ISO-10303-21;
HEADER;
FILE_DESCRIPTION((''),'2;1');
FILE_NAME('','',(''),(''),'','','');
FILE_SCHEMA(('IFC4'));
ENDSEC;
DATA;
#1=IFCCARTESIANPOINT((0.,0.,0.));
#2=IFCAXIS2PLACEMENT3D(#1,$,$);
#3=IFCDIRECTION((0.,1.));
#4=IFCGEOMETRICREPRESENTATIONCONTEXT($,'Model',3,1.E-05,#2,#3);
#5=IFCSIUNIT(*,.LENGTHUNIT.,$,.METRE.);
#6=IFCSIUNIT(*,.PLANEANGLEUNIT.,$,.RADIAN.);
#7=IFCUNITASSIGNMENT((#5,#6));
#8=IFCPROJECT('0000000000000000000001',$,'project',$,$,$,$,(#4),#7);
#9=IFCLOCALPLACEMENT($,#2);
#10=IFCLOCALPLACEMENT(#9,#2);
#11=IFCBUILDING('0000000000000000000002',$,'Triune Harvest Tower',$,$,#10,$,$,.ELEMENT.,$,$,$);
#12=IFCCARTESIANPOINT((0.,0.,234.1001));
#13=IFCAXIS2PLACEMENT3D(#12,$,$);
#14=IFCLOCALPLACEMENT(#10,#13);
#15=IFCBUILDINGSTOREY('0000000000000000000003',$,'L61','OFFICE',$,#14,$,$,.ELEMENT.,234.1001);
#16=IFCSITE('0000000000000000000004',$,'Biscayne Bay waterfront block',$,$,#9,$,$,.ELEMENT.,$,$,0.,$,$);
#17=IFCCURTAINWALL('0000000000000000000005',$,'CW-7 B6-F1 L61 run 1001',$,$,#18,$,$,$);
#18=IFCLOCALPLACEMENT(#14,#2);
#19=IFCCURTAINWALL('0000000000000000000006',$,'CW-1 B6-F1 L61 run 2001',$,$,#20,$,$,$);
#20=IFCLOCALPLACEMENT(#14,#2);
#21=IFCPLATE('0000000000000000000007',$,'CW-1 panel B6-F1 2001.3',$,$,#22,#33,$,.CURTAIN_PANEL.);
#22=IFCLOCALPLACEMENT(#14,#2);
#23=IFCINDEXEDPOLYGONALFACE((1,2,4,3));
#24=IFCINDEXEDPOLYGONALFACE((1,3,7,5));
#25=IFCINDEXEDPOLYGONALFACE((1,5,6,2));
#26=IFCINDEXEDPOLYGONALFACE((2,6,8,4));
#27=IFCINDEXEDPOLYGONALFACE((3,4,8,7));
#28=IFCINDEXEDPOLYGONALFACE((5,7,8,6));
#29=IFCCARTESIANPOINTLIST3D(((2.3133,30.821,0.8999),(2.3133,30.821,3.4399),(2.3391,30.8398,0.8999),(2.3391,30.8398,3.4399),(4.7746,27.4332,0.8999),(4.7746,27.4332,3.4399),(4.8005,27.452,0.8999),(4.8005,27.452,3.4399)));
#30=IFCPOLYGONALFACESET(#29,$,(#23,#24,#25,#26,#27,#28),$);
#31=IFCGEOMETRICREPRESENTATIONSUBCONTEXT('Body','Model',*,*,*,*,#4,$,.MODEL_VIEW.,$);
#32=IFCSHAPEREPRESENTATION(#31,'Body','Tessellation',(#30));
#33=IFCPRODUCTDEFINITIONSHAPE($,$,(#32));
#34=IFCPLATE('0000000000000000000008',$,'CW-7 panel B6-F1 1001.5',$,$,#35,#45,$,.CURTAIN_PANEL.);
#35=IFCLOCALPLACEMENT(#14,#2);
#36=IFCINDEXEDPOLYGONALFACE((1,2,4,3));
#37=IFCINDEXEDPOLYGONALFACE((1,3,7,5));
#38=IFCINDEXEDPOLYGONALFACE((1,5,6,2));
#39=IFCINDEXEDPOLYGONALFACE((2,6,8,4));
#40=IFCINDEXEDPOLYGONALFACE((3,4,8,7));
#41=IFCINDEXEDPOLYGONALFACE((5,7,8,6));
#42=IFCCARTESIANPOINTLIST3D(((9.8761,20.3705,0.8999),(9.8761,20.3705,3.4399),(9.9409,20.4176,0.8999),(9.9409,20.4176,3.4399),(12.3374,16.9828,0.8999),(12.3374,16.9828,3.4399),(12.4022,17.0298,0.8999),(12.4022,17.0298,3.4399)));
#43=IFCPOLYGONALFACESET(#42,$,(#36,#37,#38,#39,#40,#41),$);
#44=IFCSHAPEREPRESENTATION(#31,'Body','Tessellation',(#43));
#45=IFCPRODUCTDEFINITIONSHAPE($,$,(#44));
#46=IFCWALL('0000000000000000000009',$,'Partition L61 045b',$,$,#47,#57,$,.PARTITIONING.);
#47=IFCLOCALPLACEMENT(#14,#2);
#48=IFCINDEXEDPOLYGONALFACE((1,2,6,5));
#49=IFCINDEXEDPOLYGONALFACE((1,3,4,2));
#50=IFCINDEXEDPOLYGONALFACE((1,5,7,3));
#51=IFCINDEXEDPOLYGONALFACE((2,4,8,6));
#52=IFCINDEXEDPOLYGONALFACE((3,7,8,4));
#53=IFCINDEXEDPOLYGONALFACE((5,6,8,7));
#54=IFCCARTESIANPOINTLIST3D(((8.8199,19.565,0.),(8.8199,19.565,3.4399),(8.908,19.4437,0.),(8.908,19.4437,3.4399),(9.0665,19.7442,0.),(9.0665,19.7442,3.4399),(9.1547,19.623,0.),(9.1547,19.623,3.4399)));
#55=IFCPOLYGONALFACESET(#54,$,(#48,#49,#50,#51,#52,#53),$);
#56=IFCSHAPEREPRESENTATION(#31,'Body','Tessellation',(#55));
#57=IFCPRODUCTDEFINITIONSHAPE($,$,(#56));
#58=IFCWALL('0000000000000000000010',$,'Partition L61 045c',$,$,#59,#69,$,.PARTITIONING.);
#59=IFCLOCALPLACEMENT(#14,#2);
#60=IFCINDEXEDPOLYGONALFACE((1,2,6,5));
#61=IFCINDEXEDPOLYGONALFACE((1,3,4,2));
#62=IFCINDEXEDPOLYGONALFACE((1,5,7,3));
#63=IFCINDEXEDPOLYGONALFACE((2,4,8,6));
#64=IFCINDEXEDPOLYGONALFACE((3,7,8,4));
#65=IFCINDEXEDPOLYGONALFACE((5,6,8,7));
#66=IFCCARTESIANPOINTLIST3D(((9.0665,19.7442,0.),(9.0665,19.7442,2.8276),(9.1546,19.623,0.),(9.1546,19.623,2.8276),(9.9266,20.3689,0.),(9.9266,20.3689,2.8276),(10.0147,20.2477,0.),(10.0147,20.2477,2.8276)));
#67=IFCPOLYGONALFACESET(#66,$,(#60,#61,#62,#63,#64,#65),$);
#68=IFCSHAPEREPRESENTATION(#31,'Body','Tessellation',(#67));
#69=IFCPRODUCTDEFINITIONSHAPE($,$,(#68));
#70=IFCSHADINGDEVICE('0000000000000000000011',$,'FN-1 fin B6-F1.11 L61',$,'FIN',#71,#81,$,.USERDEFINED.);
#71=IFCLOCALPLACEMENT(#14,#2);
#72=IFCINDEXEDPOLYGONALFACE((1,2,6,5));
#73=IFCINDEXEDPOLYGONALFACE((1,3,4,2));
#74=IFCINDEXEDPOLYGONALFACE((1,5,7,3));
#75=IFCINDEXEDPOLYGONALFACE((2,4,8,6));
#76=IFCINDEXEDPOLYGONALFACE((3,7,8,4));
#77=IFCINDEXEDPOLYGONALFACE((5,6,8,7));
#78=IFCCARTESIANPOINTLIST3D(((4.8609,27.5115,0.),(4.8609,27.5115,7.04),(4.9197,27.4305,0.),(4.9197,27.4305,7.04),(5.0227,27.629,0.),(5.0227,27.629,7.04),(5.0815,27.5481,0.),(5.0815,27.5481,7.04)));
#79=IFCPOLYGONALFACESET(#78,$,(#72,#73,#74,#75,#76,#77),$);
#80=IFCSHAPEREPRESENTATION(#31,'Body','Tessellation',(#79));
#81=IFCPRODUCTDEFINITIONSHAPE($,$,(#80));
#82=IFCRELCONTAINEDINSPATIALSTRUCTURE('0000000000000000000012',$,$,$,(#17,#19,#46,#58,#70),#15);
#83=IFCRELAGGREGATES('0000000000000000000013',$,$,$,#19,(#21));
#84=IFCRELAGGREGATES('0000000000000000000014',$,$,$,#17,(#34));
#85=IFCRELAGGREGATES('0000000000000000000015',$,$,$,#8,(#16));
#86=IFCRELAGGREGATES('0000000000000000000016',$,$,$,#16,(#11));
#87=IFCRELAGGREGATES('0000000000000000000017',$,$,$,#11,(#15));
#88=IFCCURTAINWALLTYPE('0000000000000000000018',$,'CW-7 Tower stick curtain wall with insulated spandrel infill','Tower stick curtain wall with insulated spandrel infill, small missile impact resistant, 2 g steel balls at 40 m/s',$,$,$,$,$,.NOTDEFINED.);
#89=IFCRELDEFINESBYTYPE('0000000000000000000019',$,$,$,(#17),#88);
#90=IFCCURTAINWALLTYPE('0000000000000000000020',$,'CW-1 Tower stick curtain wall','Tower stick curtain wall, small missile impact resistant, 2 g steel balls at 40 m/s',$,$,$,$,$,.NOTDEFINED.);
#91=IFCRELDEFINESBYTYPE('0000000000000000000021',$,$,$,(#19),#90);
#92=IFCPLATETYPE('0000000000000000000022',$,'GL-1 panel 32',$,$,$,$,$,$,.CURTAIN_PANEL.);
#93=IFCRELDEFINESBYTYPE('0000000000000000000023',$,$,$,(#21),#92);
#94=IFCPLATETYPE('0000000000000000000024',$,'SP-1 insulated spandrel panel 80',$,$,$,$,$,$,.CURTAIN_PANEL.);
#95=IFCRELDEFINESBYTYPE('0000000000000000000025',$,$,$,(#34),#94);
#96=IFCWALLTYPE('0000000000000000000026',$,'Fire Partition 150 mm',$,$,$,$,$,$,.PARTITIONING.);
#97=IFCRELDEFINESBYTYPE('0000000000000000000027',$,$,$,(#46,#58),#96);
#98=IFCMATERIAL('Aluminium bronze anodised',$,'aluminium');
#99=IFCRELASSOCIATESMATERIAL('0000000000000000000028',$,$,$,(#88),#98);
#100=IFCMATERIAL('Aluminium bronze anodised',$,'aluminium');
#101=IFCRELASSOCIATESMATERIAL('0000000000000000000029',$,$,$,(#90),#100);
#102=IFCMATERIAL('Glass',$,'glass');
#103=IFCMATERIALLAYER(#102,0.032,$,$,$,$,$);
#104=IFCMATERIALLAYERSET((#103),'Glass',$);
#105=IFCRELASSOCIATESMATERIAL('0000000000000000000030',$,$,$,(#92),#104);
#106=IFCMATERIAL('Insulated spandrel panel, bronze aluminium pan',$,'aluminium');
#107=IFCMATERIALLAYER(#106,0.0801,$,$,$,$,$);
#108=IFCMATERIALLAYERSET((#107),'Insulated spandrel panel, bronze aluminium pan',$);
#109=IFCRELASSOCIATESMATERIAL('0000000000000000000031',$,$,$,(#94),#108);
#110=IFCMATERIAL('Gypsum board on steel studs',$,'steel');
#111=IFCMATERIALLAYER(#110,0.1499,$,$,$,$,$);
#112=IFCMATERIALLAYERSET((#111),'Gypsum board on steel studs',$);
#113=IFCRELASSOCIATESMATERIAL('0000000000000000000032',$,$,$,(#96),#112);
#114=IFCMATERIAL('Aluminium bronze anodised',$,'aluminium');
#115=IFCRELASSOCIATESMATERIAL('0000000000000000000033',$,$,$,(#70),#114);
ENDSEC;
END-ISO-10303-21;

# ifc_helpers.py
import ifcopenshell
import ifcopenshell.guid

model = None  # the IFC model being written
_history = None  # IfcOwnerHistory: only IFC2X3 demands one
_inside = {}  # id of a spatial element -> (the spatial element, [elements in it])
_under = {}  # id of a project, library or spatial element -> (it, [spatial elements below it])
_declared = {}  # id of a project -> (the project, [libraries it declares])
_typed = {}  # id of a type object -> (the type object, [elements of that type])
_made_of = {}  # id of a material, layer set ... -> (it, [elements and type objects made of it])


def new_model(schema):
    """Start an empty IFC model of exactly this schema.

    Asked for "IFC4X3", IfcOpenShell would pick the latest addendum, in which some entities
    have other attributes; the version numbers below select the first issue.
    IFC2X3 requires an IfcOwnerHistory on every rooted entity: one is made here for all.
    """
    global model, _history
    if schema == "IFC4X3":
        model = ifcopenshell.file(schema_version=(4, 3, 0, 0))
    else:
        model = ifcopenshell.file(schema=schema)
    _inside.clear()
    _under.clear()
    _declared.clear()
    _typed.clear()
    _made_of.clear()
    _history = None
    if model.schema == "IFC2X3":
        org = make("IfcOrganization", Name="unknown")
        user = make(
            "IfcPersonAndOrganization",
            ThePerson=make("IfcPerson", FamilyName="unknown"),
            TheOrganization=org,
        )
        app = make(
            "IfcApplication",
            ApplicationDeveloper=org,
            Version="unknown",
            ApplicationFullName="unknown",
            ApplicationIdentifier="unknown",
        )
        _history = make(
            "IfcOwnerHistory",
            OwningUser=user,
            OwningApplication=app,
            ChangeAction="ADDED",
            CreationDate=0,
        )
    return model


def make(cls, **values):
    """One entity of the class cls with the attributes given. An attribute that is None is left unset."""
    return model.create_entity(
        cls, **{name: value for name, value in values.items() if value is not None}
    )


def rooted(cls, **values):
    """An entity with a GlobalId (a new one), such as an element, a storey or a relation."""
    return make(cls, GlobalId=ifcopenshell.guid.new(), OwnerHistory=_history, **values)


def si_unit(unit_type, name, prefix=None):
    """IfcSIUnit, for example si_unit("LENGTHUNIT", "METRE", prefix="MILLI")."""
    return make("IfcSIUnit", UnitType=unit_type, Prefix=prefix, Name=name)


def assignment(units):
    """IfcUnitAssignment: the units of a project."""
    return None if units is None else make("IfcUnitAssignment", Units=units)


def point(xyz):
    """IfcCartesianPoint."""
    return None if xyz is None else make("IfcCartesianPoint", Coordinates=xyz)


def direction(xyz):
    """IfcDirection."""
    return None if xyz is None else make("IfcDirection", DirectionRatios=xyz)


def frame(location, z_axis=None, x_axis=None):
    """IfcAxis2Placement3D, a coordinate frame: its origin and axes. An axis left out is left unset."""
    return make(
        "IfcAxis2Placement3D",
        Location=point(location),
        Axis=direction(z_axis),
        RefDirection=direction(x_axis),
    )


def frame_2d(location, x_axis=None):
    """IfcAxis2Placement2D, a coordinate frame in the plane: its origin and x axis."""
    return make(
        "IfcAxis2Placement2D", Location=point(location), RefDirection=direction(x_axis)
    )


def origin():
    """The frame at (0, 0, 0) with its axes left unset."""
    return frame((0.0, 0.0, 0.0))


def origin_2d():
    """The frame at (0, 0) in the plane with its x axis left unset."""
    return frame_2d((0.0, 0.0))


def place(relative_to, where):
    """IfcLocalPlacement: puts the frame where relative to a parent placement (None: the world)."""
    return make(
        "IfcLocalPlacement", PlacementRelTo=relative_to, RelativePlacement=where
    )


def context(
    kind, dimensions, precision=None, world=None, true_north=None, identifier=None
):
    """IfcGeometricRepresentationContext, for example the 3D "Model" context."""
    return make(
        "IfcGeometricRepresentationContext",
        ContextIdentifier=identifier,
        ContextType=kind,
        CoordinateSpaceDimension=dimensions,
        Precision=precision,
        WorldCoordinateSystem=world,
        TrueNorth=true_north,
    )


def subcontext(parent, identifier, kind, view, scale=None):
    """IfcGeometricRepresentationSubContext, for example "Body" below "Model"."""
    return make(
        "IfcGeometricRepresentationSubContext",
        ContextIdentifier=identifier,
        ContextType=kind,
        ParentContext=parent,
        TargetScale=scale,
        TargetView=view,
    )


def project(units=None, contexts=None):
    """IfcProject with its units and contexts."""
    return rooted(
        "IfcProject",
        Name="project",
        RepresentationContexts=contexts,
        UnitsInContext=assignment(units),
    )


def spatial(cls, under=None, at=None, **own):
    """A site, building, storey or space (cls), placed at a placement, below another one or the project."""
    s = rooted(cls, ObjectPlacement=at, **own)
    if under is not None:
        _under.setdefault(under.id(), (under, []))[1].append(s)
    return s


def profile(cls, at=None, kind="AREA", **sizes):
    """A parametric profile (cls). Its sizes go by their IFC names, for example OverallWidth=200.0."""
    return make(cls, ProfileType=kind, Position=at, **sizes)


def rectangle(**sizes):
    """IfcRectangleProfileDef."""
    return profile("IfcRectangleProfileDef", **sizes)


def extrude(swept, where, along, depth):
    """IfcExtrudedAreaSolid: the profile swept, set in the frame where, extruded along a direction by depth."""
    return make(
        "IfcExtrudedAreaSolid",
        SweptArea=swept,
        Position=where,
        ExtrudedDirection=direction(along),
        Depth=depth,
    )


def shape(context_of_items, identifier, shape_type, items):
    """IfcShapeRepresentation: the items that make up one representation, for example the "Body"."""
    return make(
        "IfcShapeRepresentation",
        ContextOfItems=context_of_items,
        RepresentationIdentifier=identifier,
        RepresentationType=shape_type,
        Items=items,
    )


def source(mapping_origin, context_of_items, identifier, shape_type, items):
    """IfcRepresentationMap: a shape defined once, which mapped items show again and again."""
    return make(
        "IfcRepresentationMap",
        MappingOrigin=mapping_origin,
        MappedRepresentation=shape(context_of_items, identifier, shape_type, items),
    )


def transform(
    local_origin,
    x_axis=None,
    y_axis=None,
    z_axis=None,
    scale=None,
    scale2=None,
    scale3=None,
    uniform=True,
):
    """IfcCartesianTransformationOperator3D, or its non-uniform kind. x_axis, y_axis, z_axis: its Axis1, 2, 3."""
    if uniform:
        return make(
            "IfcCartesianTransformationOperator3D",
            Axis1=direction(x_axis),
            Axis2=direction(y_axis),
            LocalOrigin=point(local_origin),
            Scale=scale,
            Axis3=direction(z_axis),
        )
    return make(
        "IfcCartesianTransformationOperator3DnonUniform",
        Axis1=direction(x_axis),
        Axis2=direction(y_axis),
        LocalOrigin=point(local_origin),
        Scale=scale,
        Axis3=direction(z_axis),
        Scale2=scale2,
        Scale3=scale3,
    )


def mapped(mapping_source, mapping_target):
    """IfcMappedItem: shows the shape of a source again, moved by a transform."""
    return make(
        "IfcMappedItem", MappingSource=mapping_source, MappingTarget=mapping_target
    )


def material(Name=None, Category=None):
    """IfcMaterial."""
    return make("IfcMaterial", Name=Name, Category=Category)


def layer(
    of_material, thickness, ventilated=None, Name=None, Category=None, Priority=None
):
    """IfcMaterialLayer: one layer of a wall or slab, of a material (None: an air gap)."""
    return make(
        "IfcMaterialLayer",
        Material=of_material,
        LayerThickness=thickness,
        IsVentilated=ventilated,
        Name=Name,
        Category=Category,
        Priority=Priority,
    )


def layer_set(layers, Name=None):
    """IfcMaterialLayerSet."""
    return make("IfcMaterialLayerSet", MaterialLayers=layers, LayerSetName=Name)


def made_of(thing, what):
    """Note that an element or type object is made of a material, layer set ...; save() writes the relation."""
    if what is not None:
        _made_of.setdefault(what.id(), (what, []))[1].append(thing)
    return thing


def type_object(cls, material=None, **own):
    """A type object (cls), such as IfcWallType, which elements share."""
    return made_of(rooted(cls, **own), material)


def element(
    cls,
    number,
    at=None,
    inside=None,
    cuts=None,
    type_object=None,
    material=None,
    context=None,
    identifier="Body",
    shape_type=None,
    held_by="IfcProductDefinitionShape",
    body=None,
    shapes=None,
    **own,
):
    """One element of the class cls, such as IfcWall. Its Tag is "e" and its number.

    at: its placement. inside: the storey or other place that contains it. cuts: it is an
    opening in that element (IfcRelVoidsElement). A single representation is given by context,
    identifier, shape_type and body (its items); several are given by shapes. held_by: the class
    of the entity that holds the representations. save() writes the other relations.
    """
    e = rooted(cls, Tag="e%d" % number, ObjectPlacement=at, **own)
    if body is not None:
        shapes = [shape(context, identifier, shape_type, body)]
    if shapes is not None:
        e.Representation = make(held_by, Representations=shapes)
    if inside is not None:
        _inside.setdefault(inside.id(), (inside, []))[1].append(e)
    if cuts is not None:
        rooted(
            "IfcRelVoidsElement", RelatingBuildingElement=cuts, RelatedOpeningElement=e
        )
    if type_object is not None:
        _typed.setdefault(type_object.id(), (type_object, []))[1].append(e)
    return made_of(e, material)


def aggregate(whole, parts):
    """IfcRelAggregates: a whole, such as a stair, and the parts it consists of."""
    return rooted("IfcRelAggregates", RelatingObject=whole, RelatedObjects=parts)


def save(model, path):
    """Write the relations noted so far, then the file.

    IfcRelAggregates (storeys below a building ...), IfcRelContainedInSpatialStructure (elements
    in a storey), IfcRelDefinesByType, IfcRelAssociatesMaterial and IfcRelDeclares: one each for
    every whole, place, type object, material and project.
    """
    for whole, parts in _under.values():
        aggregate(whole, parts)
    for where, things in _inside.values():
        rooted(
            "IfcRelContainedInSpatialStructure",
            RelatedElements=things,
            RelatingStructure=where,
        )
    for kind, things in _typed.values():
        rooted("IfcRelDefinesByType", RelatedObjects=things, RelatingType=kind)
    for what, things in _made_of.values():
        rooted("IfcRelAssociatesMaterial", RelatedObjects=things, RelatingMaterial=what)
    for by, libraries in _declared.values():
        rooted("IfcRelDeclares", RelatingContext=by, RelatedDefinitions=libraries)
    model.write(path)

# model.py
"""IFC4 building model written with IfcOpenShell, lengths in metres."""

from ifc_helpers import new_model, si_unit, direction, frame, frame_2d, origin, origin_2d, place, context, subcontext, project, spatial, rectangle, extrude, source, transform, mapped, material, layer, layer_set, type_object, element, aggregate, save


model = new_model("IFC4")

# Units and contexts
model_context = context("Model", 3, precision=1e-05, world=origin(), true_north=direction((0.0, 1.0)))
body_context = subcontext(model_context, "Body", "Model", "MODEL_VIEW")
ifc_project = project(units=[si_unit("LENGTHUNIT", "METRE"), si_unit("PLANEANGLEUNIT", "RADIAN")], contexts=[model_context])

# Site, building, storey
site_placement = place(None, origin())
site = spatial("IfcSite", under=ifc_project, at=site_placement, Name="Biscayne Bay waterfront block", CompositionType="ELEMENT", RefElevation=0.0)
building_placement = place(site_placement, origin())
building = spatial("IfcBuilding", under=site, at=building_placement, Name="Triune Harvest Tower", CompositionType="ELEMENT")
storey_placement = place(building_placement, frame((0.0, 0.0, 234.1001)))
storey = spatial("IfcBuildingStorey", under=building, at=storey_placement, Name="L61", Description="OFFICE", CompositionType="ELEMENT", Elevation=234.1001)

# Curtain wall
ifc_material_1 = material(Name="Aluminium bronze anodised", Category="aluminium")
curtain_wall_type_1 = type_object("IfcCurtainWallType", Name="CW-7 Tower stick curtain wall with insulated spandrel infill", Description="Tower stick curtain wall with insulated spandrel infill, small missile impact resistant, 2 g steel balls at 40 m/s", PredefinedType="NOTDEFINED", material=ifc_material_1)
curtain_wall_1_placement = place(storey_placement, origin())
curtain_wall_1 = element("IfcCurtainWall", 1, at=curtain_wall_1_placement, inside=storey, type_object=curtain_wall_type_1, Name="CW-7 B6-F1 L61 run 1001")

# Curtain wall
ifc_material_2 = material(Name="Aluminium bronze anodised", Category="aluminium")
curtain_wall_type_2 = type_object("IfcCurtainWallType", Name="CW-1 Tower stick curtain wall", Description="Tower stick curtain wall, small missile impact resistant, 2 g steel balls at 40 m/s", PredefinedType="NOTDEFINED", material=ifc_material_2)
curtain_wall_2_placement = place(storey_placement, origin())
curtain_wall_2 = element("IfcCurtainWall", 2, at=curtain_wall_2_placement, inside=storey, type_object=curtain_wall_type_2, Name="CW-1 B6-F1 L61 run 2001")

# Plates
ifc_material_3 = material(Name="Glass", Category="glass")
ifc_layer_1 = layer(ifc_material_3, 0.032)
ifc_layer_set_1 = layer_set([ifc_layer_1], Name="Glass")
plate_type_1 = type_object("IfcPlateType", Name="GL-1 panel 32", PredefinedType="CURTAIN_PANEL", material=ifc_layer_set_1)
shared_shape_1 = source(origin(), body_context, "Body", "SweptSolid", [
    extrude(rectangle(XDim=4.1875, YDim=0.032, at=origin_2d()), origin(), (0.0, 0.0, 1.0), 2.54),
])
plate_1_placement = place(storey_placement, frame((3.5569, 29.1365, 0.8999), z_axis=(0.0, 0.0, 1.0), x_axis=(-0.587786, 0.809016, 0.0)))
plate_1 = element("IfcPlate", 3, at=plate_1_placement, type_object=plate_type_1, Name="CW-1 panel B6-F1 2001.3", PredefinedType="CURTAIN_PANEL", context=body_context, shape_type="MappedRepresentation", body=[
    mapped(shared_shape_1, transform((0.0, 0.0, 0.0), scale=1.0)),
])
aggregate(curtain_wall_2, [plate_1])
ifc_material_4 = material(Name="Insulated spandrel panel, bronze aluminium pan", Category="aluminium")
ifc_layer_2 = layer(ifc_material_4, 0.0801)
ifc_layer_set_2 = layer_set([ifc_layer_2], Name="Insulated spandrel panel, bronze aluminium pan")
plate_type_2 = type_object("IfcPlateType", Name="SP-1 insulated spandrel panel 80", PredefinedType="CURTAIN_PANEL", material=ifc_layer_set_2)
shared_shape_2 = source(origin(), body_context, "Body", "SweptSolid", [
    extrude(rectangle(XDim=4.1875, YDim=0.0801, at=origin_2d()), origin(), (0.0, 0.0, 1.0), 2.54),
])
plate_2_placement = place(storey_placement, frame((11.1392, 18.7002, 0.8999), z_axis=(0.0, 0.0, 1.0), x_axis=(-0.587785, 0.809017, 0.0)))
plate_2 = element("IfcPlate", 4, at=plate_2_placement, type_object=plate_type_2, Name="CW-7 panel B6-F1 1001.5", PredefinedType="CURTAIN_PANEL", context=body_context, shape_type="MappedRepresentation", body=[
    mapped(shared_shape_2, transform((0.0, 0.0, 0.0), scale=1.0)),
])
aggregate(curtain_wall_1, [plate_2])

# Walls
ifc_material_5 = material(Name="Gypsum board on steel studs", Category="steel")
ifc_layer_3 = layer(ifc_material_5, 0.1499)
ifc_layer_set_3 = layer_set([ifc_layer_3], Name="Gypsum board on steel studs")
wall_type = type_object("IfcWallType", Name="Fire Partition 150 mm", PredefinedType="PARTITIONING", material=ifc_layer_set_3)
wall_1_placement = place(storey_placement, frame((8.864, 19.5044, 0.0), z_axis=(0.0, 0.0, 1.0), x_axis=(0.808944, 0.587886, 0.0)))
element("IfcWall", 5, at=wall_1_placement, inside=storey, type_object=wall_type, Name="Partition L61 045b", PredefinedType="PARTITIONING", context=body_context, shape_type="SweptSolid", body=[
    extrude(rectangle(XDim=0.3049, YDim=0.1499, at=frame_2d((0.1523, 0.0))), origin(), (0.0, 0.0, 1.0), 3.4399),
])
wall_2_placement = place(storey_placement, frame((9.1106, 19.6836, 0.0), z_axis=(0.0, 0.0, 1.0), x_axis=(0.809084, 0.587694, 0.0)))
element("IfcWall", 6, at=wall_2_placement, inside=storey, type_object=wall_type, Name="Partition L61 045c", PredefinedType="PARTITIONING", context=body_context, shape_type="SweptSolid", body=[
    extrude(rectangle(XDim=1.063, YDim=0.1499, at=frame_2d((0.5315, 0.0))), origin(), (0.0, 0.0, 1.0), 2.8276),
])

# Shading device
ifc_material_6 = material(Name="Aluminium bronze anodised", Category="aluminium")
shared_shape_3 = source(origin(), body_context, "Body", "SweptSolid", [
    extrude(rectangle(XDim=0.1001, YDim=0.2, at=origin_2d()), origin(), (0.0, 0.0, 1.0), 7.04),
])
shading_device_placement = place(storey_placement, frame((4.9712, 27.5298, 0.0), z_axis=(0.0, 0.0, 1.0), x_axis=(-0.587786, 0.809017, 0.0)))
element("IfcShadingDevice", 7, at=shading_device_placement, inside=storey, material=ifc_material_6, Name="FN-1 fin B6-F1.11 L61", ObjectType="FIN", PredefinedType="USERDEFINED", context=body_context, shape_type="MappedRepresentation", body=[
    mapped(shared_shape_3, transform((0.0, 0.0, 0.0), scale=1.0)),
])

save(model, "model.ifc")
